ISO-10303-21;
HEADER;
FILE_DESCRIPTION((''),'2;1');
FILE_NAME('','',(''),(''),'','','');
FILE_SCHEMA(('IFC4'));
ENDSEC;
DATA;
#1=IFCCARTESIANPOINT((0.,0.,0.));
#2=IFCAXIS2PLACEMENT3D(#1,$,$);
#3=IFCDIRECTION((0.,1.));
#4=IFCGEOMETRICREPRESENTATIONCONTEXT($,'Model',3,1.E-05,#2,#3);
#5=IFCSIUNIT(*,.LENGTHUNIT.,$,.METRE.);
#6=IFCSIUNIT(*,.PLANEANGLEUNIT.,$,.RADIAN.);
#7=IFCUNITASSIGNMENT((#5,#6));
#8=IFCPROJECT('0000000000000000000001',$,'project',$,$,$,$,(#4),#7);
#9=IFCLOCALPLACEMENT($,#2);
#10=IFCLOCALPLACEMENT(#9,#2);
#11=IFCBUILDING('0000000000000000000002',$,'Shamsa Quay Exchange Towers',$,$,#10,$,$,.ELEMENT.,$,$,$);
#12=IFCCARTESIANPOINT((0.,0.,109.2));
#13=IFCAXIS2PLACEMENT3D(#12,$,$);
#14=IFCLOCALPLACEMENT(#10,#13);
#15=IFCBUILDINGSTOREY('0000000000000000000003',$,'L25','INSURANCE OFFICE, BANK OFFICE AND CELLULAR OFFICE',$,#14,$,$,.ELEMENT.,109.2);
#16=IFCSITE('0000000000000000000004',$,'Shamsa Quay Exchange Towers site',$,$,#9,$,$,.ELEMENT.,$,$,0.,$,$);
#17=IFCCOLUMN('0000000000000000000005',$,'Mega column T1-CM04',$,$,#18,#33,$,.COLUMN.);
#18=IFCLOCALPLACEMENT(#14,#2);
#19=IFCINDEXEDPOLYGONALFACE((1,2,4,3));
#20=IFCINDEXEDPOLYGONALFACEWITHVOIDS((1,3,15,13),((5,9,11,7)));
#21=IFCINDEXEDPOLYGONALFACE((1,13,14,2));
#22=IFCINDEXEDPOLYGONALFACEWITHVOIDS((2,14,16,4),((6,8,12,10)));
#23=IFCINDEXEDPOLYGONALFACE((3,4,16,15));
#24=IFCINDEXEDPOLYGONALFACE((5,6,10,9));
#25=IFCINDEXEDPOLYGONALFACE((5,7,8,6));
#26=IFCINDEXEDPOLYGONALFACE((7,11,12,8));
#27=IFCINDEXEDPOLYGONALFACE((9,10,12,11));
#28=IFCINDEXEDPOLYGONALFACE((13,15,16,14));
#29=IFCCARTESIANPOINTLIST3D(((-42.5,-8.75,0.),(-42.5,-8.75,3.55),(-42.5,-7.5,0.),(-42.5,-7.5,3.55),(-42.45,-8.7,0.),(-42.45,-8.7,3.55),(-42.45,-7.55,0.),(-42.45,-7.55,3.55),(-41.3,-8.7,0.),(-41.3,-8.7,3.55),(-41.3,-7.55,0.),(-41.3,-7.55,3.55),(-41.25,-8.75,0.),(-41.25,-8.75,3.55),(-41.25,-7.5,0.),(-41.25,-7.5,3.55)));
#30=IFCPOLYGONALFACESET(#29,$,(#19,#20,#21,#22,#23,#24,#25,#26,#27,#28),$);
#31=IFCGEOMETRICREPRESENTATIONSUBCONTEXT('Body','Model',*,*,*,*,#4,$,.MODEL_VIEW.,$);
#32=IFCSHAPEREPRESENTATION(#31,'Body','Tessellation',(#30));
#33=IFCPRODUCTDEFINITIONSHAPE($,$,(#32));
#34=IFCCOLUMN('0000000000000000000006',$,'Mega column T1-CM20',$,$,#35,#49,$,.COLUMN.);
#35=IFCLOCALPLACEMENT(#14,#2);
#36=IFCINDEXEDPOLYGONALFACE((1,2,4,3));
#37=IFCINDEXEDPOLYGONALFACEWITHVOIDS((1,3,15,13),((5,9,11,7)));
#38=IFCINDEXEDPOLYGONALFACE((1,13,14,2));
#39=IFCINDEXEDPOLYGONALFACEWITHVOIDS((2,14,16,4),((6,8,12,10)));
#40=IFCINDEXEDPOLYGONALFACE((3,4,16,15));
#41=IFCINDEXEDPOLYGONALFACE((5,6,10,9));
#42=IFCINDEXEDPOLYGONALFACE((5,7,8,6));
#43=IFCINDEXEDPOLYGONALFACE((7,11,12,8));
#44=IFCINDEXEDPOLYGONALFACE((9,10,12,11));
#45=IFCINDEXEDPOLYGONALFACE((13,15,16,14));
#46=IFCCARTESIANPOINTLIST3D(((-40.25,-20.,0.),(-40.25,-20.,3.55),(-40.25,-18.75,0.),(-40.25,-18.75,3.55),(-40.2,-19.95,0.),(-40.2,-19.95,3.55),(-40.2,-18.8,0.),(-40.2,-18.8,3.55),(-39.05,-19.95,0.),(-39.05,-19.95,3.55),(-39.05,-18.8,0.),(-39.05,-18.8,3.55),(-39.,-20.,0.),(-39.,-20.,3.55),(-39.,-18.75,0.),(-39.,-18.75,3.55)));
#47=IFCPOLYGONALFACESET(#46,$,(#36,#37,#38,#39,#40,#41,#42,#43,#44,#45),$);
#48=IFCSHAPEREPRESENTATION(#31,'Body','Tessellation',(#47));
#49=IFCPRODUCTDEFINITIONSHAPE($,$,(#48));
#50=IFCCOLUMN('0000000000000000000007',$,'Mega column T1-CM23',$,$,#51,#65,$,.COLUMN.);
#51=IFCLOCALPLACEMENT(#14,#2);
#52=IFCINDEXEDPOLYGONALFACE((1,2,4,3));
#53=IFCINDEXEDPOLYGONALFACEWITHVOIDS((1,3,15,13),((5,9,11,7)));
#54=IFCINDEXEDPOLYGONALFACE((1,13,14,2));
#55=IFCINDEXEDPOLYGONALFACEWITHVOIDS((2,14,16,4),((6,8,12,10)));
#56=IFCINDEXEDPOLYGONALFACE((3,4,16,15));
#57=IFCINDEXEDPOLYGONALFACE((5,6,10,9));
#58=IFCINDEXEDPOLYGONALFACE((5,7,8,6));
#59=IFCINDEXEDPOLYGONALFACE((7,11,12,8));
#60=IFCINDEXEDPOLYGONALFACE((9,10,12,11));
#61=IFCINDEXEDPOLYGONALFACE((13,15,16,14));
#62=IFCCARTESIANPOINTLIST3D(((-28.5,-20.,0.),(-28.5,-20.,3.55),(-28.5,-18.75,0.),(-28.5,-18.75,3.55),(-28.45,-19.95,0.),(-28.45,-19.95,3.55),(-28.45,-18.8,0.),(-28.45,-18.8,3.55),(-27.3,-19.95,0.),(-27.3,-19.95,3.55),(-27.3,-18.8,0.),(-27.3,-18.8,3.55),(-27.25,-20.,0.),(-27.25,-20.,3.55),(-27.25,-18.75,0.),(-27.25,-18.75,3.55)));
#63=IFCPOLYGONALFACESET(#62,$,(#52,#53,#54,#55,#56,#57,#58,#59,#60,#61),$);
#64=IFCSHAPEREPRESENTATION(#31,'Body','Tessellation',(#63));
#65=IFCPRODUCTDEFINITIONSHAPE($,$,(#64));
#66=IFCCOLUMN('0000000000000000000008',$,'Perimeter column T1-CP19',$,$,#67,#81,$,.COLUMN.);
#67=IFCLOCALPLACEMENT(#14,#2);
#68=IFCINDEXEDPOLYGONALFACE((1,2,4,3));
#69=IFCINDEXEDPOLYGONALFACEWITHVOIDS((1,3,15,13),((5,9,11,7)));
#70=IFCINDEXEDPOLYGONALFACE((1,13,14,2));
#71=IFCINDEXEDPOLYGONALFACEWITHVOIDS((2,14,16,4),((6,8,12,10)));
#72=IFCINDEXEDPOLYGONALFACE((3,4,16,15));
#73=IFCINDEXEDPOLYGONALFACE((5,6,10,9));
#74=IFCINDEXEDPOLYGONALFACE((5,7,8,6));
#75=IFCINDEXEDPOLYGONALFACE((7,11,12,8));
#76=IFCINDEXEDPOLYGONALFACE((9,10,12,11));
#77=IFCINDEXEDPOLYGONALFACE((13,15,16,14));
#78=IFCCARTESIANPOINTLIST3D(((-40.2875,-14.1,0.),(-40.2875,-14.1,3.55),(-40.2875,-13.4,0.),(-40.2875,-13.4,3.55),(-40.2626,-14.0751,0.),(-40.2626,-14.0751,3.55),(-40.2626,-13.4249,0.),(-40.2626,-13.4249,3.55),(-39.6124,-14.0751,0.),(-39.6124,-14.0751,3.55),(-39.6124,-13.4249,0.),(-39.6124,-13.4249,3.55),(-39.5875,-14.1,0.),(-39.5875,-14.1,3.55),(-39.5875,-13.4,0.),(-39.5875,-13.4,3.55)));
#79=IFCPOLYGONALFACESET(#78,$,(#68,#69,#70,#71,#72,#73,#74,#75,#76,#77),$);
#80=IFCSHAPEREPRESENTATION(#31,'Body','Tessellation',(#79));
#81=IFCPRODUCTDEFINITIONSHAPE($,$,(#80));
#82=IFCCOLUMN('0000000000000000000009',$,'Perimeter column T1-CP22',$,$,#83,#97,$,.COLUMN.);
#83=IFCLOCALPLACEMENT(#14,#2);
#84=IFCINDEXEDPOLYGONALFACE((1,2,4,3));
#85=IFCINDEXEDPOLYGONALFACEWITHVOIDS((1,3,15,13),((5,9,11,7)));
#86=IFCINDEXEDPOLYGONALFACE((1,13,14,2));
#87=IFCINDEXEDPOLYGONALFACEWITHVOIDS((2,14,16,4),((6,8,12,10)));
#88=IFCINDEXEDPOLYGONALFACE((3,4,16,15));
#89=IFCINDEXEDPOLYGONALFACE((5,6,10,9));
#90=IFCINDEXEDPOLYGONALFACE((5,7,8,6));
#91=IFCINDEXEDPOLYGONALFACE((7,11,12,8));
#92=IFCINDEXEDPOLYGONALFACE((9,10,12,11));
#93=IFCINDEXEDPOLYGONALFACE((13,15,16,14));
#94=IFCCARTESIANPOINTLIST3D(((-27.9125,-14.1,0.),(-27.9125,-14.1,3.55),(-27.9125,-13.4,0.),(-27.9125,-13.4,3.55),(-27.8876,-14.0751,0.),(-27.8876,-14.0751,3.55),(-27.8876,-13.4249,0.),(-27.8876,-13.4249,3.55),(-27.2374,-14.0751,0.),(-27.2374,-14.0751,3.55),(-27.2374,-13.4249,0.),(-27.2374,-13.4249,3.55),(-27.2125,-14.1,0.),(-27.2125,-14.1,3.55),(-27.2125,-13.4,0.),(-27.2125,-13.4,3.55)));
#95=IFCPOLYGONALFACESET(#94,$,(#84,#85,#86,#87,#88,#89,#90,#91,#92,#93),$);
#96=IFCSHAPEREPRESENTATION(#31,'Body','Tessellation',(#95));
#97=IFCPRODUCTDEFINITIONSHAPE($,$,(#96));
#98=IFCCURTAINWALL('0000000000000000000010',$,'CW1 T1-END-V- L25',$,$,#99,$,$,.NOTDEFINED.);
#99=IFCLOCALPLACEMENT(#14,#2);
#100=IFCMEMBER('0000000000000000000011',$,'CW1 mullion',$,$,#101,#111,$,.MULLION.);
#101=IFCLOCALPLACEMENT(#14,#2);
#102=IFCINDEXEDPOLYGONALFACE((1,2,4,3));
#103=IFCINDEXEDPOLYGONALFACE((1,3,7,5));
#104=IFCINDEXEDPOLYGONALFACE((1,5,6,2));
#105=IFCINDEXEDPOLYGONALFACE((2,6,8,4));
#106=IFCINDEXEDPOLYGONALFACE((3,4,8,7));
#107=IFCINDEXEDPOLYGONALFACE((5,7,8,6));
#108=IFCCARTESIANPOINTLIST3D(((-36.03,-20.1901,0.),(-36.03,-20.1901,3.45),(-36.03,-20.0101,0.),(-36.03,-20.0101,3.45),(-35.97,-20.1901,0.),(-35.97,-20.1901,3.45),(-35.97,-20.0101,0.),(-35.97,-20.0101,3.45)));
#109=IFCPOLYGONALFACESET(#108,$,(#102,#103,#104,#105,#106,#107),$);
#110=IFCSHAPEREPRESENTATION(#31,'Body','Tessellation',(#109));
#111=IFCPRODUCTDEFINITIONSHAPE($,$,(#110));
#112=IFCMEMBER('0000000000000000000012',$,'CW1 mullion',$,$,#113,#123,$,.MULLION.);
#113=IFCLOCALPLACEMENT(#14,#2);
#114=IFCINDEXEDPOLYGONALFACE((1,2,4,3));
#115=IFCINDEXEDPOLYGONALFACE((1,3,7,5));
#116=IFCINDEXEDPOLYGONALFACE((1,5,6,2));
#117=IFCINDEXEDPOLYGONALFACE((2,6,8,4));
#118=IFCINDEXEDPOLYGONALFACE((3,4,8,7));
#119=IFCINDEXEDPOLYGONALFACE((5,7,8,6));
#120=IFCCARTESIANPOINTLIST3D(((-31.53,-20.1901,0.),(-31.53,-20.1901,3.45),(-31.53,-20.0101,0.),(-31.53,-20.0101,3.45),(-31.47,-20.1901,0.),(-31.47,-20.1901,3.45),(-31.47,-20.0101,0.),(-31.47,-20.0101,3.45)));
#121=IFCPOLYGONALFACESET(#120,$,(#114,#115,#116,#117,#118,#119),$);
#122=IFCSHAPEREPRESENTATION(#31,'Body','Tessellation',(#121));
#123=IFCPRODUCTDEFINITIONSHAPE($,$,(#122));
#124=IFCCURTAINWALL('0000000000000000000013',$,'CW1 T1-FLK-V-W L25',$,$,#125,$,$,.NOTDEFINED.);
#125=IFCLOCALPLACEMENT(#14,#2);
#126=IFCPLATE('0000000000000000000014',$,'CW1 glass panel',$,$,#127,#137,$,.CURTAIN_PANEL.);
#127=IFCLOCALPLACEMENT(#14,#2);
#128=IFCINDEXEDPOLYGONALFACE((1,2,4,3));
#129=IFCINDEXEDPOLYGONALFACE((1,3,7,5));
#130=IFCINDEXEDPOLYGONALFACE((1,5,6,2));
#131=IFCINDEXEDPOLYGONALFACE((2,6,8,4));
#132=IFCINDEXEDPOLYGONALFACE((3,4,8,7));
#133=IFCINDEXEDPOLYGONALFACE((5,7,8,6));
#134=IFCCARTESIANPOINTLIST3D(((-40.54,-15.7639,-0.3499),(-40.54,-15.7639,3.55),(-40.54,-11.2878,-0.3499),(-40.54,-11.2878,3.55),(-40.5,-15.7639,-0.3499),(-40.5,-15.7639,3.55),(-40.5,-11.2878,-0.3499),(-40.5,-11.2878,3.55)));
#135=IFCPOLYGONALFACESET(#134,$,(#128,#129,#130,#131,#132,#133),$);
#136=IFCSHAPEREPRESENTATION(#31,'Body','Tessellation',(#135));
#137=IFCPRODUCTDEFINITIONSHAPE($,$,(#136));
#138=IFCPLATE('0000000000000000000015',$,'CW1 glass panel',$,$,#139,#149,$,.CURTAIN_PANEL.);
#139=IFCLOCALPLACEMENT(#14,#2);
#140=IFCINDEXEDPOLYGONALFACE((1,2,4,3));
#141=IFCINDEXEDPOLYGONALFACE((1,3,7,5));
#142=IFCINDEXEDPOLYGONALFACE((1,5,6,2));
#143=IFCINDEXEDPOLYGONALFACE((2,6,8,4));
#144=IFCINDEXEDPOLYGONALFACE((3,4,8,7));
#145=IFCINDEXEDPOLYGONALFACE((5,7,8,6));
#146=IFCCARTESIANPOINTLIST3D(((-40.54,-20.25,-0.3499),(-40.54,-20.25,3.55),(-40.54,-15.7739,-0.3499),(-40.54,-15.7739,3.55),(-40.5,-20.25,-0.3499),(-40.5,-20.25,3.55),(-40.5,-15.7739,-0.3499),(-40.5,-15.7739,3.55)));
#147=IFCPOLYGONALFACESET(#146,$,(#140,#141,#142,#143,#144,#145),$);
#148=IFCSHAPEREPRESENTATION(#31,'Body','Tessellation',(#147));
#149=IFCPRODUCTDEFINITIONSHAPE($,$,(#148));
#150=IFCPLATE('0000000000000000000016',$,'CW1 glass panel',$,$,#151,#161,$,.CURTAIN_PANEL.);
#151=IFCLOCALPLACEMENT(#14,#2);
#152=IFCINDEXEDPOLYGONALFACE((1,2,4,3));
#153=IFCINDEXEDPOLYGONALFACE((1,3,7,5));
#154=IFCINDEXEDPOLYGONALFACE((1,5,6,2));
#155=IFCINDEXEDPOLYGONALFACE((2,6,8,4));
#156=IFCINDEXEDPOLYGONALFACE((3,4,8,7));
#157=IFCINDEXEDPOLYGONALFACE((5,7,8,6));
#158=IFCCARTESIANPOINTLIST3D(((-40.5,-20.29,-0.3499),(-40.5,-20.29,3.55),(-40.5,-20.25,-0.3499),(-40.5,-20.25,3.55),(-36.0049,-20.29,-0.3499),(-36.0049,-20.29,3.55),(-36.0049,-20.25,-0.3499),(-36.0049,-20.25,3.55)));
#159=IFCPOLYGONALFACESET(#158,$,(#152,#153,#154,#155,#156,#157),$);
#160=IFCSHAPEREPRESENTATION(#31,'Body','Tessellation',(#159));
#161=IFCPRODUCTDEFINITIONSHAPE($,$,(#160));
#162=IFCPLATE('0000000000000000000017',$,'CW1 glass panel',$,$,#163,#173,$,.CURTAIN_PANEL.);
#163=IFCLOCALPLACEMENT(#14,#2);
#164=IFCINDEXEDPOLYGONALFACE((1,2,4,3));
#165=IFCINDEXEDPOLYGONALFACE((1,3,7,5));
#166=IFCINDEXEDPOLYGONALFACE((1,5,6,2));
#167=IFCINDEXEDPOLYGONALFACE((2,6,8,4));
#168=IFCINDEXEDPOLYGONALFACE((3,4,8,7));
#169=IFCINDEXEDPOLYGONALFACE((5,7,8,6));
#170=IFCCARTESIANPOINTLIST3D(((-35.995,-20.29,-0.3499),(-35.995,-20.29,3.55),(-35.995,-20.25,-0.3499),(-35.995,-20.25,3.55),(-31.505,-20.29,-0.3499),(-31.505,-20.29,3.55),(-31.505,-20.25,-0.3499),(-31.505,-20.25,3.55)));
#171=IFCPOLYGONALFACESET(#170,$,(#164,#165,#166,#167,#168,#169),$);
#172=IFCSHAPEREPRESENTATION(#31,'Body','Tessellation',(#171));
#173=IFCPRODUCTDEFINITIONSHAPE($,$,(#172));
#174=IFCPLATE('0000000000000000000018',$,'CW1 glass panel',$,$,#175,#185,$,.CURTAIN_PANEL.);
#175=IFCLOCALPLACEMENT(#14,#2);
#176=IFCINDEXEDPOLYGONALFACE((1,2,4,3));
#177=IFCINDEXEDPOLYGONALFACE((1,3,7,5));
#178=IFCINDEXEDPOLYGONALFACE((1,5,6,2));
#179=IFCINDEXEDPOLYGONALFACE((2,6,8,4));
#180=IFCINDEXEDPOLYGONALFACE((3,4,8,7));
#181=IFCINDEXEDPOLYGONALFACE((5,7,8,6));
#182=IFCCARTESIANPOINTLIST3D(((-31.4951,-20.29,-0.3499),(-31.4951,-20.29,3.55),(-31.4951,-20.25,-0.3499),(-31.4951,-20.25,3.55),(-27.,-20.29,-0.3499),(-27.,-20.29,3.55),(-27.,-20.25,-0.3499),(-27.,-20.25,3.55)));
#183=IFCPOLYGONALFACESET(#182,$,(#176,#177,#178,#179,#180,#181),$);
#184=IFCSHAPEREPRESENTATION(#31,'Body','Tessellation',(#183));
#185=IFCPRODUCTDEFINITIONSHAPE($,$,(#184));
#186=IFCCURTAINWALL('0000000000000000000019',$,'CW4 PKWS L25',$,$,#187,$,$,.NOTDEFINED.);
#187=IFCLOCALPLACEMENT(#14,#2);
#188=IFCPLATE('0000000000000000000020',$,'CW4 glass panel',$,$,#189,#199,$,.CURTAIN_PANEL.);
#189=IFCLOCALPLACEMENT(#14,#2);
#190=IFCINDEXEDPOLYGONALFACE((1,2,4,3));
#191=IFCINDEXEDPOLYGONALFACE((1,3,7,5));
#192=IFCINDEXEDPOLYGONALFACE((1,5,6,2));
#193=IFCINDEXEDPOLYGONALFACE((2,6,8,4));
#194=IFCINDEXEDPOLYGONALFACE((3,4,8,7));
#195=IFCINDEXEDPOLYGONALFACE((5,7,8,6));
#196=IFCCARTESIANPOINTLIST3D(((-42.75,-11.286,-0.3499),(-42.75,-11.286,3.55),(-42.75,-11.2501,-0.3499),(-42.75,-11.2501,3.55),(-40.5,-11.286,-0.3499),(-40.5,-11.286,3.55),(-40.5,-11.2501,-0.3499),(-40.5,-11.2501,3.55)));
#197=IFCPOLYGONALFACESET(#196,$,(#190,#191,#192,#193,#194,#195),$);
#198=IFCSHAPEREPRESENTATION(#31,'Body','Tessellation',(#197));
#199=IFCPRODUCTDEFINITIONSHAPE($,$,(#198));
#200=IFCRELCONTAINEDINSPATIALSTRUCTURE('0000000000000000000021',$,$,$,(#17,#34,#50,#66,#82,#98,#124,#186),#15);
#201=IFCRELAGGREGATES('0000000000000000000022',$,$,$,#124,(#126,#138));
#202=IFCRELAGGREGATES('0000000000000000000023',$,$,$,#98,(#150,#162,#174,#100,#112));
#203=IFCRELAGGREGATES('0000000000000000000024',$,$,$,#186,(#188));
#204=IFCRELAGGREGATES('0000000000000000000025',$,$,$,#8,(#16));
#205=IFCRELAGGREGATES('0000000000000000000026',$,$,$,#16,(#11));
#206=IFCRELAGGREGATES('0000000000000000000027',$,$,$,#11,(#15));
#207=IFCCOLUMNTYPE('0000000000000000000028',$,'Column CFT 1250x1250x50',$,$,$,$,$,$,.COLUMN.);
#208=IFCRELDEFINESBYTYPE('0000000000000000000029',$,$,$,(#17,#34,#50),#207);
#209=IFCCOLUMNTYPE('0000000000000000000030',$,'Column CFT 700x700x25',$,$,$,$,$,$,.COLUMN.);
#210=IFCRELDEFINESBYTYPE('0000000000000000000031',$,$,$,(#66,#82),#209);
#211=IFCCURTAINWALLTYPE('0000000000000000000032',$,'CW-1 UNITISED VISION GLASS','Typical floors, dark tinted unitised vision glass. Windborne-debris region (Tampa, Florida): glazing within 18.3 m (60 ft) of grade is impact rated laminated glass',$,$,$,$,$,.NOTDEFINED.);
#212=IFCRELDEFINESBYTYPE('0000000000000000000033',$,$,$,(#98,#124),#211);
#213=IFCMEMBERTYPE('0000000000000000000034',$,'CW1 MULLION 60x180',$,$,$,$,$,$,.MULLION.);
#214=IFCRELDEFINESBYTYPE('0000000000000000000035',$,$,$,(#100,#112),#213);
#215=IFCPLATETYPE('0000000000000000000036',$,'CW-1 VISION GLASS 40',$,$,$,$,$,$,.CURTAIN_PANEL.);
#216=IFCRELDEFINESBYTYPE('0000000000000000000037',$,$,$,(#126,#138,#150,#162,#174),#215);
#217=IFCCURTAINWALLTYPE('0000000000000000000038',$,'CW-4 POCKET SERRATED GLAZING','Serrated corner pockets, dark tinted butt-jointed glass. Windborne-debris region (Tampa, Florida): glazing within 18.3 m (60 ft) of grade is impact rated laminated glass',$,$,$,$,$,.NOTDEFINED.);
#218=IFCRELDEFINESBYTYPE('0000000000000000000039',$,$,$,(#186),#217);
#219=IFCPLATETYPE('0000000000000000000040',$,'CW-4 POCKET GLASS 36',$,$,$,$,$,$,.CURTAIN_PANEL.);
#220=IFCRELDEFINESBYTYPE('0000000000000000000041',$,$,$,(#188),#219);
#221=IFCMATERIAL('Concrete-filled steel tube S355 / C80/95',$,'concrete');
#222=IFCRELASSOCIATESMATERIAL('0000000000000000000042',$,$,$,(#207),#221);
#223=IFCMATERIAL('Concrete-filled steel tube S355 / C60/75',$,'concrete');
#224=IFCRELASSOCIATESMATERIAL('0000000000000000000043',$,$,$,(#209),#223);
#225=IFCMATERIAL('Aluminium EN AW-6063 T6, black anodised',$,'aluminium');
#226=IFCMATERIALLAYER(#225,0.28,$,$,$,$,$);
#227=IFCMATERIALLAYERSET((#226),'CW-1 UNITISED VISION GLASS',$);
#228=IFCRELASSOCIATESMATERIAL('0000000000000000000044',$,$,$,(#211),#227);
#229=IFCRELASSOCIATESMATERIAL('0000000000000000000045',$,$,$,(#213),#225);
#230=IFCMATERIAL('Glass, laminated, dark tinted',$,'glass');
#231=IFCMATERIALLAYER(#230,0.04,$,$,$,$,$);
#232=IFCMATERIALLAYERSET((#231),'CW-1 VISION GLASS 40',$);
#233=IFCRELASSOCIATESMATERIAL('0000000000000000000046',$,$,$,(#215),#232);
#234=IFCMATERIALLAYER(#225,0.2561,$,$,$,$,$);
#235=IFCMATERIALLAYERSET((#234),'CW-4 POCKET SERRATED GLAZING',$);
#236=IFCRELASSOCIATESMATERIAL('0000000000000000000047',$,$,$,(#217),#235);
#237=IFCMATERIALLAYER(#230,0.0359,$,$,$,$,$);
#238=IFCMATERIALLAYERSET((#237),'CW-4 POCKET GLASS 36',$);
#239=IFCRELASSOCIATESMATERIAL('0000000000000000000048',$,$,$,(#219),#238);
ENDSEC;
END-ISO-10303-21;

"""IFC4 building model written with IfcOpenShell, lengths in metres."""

from ifc_helpers import new_model, si_unit, direction, frame, origin, origin_2d, place, context, subcontext, project, spatial, rectangle, hollow_rectangle, extrude, material, layer, layer_set, material_profile, profile_set, type_object, element, aggregate, save


model = new_model("IFC4")

# Units and contexts
model_context = context("Model", 3, precision=1e-05, world=origin(), true_north=direction((0.0, 1.0)))
body_context = subcontext(model_context, "Body", "Model", "MODEL_VIEW")
ifc_project = project(units=[si_unit("LENGTHUNIT", "METRE"), si_unit("PLANEANGLEUNIT", "RADIAN")], contexts=[model_context])

# Site, building, storey
site_placement = place(None, origin())
site = spatial("IfcSite", under=ifc_project, at=site_placement, Name="Shamsa Quay Exchange Towers site", CompositionType="ELEMENT", RefElevation=0.0)
building_placement = place(site_placement, origin())
building = spatial("IfcBuilding", under=site, at=building_placement, Name="Shamsa Quay Exchange Towers", CompositionType="ELEMENT")
storey_placement = place(building_placement, frame((0.0, 0.0, 109.2)))
storey = spatial("IfcBuildingStorey", under=building, at=storey_placement, Name="L25", Description="INSURANCE OFFICE, BANK OFFICE AND CELLULAR OFFICE", CompositionType="ELEMENT", Elevation=109.2)

# Columns
ifc_material_1 = material(Name="Concrete-filled steel tube S355 / C80/95", Category="concrete")
ifc_material_profile_1 = material_profile(ifc_material_1, hollow_rectangle(XDim=1.25, YDim=1.25, WallThickness=0.05, at=origin_2d()), Name="CFT 1250x1250x50")
ifc_profile_set_1 = profile_set([ifc_material_profile_1], Name="Concrete-filled steel tube S355 / C80/95")
column_type_1 = type_object("IfcColumnType", Name="Column CFT 1250x1250x50", PredefinedType="COLUMN", material=ifc_profile_set_1)
for number, where, name in (
    (1, (-41.875, -8.125, 0.0), "Mega column T1-CM04"),
    (2, (-39.625, -19.375, 0.0), "Mega column T1-CM20"),
    (3, (-27.875, -19.375, 0.0), "Mega column T1-CM23"),
):
    element("IfcColumn", number, at=place(storey_placement, frame(where)), inside=storey, type_object=column_type_1, Name=name, PredefinedType="COLUMN", context=body_context, shape_type="SweptSolid", body=[
        extrude(hollow_rectangle(XDim=1.25, YDim=1.25, WallThickness=0.05, at=origin_2d()), origin(), (0.0, 0.0, 1.0), 3.55),
    ])
ifc_material_2 = material(Name="Concrete-filled steel tube S355 / C60/75", Category="concrete")
ifc_material_profile_2 = material_profile(ifc_material_2, hollow_rectangle(XDim=0.7, YDim=0.7, WallThickness=0.0249, at=origin_2d()), Name="CFT 700x700x25")
ifc_profile_set_2 = profile_set([ifc_material_profile_2], Name="Concrete-filled steel tube S355 / C60/75")
column_type_2 = type_object("IfcColumnType", Name="Column CFT 700x700x25", PredefinedType="COLUMN", material=ifc_profile_set_2)
for number, where, name in (
    (4, (-39.9375, -13.75, 0.0), "Perimeter column T1-CP19"),
    (5, (-27.5625, -13.75, 0.0), "Perimeter column T1-CP22"),
):
    element("IfcColumn", number, at=place(storey_placement, frame(where)), inside=storey, type_object=column_type_2, Name=name, PredefinedType="COLUMN", context=body_context, shape_type="SweptSolid", body=[
        extrude(hollow_rectangle(XDim=0.7, YDim=0.7, WallThickness=0.0249, at=origin_2d()), origin(), (0.0, 0.0, 1.0), 3.55),
    ])

# Curtain wall, members
ifc_material_3 = material(Name="Aluminium EN AW-6063 T6, black anodised", Category="aluminium")
ifc_layer_1 = layer(ifc_material_3, 0.28)
ifc_layer_set_1 = layer_set([ifc_layer_1], Name="CW-1 UNITISED VISION GLASS")
curtain_wall_type_1 = type_object("IfcCurtainWallType", Name="CW-1 UNITISED VISION GLASS", Description="Typical floors, dark tinted unitised vision glass. Windborne-debris region (Tampa, Florida): glazing within 18.3 m (60 ft) of grade is impact rated laminated glass", PredefinedType="NOTDEFINED", material=ifc_layer_set_1)
curtain_wall_1_placement = place(storey_placement, origin())
curtain_wall_1 = element("IfcCurtainWall", 6, at=curtain_wall_1_placement, inside=storey, type_object=curtain_wall_type_1, Name="CW1 T1-END-V- L25", PredefinedType="NOTDEFINED")
ifc_material_profile_3 = material_profile(ifc_material_3, rectangle(XDim=0.1799, YDim=0.0601, at=origin_2d()), Name="MU60x180")
ifc_profile_set_3 = profile_set([ifc_material_profile_3], Name="Aluminium EN AW-6063 T6, black anodised")
member_type = type_object("IfcMemberType", Name="CW1 MULLION 60x180", PredefinedType="MULLION", material=ifc_profile_set_3)
member_1_placement = place(storey_placement, frame((-36.0, -20.1001, 0.0), z_axis=(0.0, 0.0, 1.0), x_axis=(0.0, 1.0, 0.0)))
member_1 = element("IfcMember", 7, at=member_1_placement, type_object=member_type, Name="CW1 mullion", PredefinedType="MULLION", context=body_context, shape_type="SweptSolid", body=[
    extrude(rectangle(XDim=0.1799, YDim=0.0601, at=origin_2d()), origin(), (0.0, 0.0, 1.0), 3.45),
])
member_2_placement = place(storey_placement, frame((-31.5, -20.1001, 0.0), z_axis=(0.0, 0.0, 1.0), x_axis=(0.0, 1.0, 0.0)))
member_2 = element("IfcMember", 8, at=member_2_placement, type_object=member_type, Name="CW1 mullion", PredefinedType="MULLION", context=body_context, shape_type="SweptSolid", body=[
    extrude(rectangle(XDim=0.1799, YDim=0.0601, at=origin_2d()), origin(), (0.0, 0.0, 1.0), 3.45),
])

# Curtain wall, plates
curtain_wall_2_placement = place(storey_placement, origin())
curtain_wall_2 = element("IfcCurtainWall", 9, at=curtain_wall_2_placement, inside=storey, type_object=curtain_wall_type_1, Name="CW1 T1-FLK-V-W L25", PredefinedType="NOTDEFINED")
ifc_material_4 = material(Name="Glass, laminated, dark tinted", Category="glass")
ifc_layer_2 = layer(ifc_material_4, 0.04)
ifc_layer_set_2 = layer_set([ifc_layer_2], Name="CW-1 VISION GLASS 40")
plate_type_1 = type_object("IfcPlateType", Name="CW-1 VISION GLASS 40", PredefinedType="CURTAIN_PANEL", material=ifc_layer_set_2)
plate_1_placement = place(storey_placement, frame((-40.52, -13.5259, -0.3499), z_axis=(0.0, 0.0, 1.0), x_axis=(0.0, -1.0, 0.0)))
plate_1 = element("IfcPlate", 10, at=plate_1_placement, type_object=plate_type_1, Name="CW1 glass panel", PredefinedType="CURTAIN_PANEL", context=body_context, shape_type="SweptSolid", body=[
    extrude(rectangle(XDim=4.4761, YDim=0.04, at=origin_2d()), origin(), (0.0, 0.0, 1.0), 3.8999),
])
plate_2_placement = place(storey_placement, frame((-40.52, -18.012, -0.3499), z_axis=(0.0, 0.0, 1.0), x_axis=(0.0, -1.0, 0.0)))
plate_2 = element("IfcPlate", 11, at=plate_2_placement, type_object=plate_type_1, Name="CW1 glass panel", PredefinedType="CURTAIN_PANEL", context=body_context, shape_type="SweptSolid", body=[
    extrude(rectangle(XDim=4.4761, YDim=0.04, at=origin_2d()), origin(), (0.0, 0.0, 1.0), 3.8999),
])
aggregate(curtain_wall_2, [plate_1, plate_2])

# Plates
plate_3_placement = place(storey_placement, frame((-38.2524, -20.27, -0.3499)))
plate_3 = element("IfcPlate", 12, at=plate_3_placement, type_object=plate_type_1, Name="CW1 glass panel", PredefinedType="CURTAIN_PANEL", context=body_context, shape_type="SweptSolid", body=[
    extrude(rectangle(XDim=4.4951, YDim=0.04, at=origin_2d()), origin(), (0.0, 0.0, 1.0), 3.8999),
])
plate_4_placement = place(storey_placement, frame((-33.75, -20.27, -0.3499)))
plate_4 = element("IfcPlate", 13, at=plate_4_placement, type_object=plate_type_1, Name="CW1 glass panel", PredefinedType="CURTAIN_PANEL", context=body_context, shape_type="SweptSolid", body=[
    extrude(rectangle(XDim=4.49, YDim=0.04, at=origin_2d()), origin(), (0.0, 0.0, 1.0), 3.8999),
])
plate_5_placement = place(storey_placement, frame((-29.2476, -20.27, -0.3499)))
plate_5 = element("IfcPlate", 14, at=plate_5_placement, type_object=plate_type_1, Name="CW1 glass panel", PredefinedType="CURTAIN_PANEL", context=body_context, shape_type="SweptSolid", body=[
    extrude(rectangle(XDim=4.4951, YDim=0.04, at=origin_2d()), origin(), (0.0, 0.0, 1.0), 3.8999),
])
aggregate(curtain_wall_1, [plate_3, plate_4, plate_5, member_1, member_2])

# Curtain wall, plate
ifc_layer_3 = layer(ifc_material_3, 0.2561)
ifc_layer_set_3 = layer_set([ifc_layer_3], Name="CW-4 POCKET SERRATED GLAZING")
curtain_wall_type_2 = type_object("IfcCurtainWallType", Name="CW-4 POCKET SERRATED GLAZING", Description="Serrated corner pockets, dark tinted butt-jointed glass. Windborne-debris region (Tampa, Florida): glazing within 18.3 m (60 ft) of grade is impact rated laminated glass", PredefinedType="NOTDEFINED", material=ifc_layer_set_3)
curtain_wall_3_placement = place(storey_placement, origin())
curtain_wall_3 = element("IfcCurtainWall", 15, at=curtain_wall_3_placement, inside=storey, type_object=curtain_wall_type_2, Name="CW4 PKWS L25", PredefinedType="NOTDEFINED")
ifc_layer_4 = layer(ifc_material_4, 0.0359)
ifc_layer_set_4 = layer_set([ifc_layer_4], Name="CW-4 POCKET GLASS 36")
plate_type_2 = type_object("IfcPlateType", Name="CW-4 POCKET GLASS 36", PredefinedType="CURTAIN_PANEL", material=ifc_layer_set_4)
plate_6_placement = place(storey_placement, frame((-41.625, -11.2681, -0.3499)))
plate_6 = element("IfcPlate", 16, at=plate_6_placement, type_object=plate_type_2, Name="CW4 glass panel", PredefinedType="CURTAIN_PANEL", context=body_context, shape_type="SweptSolid", body=[
    extrude(rectangle(XDim=2.25, YDim=0.0359, at=origin_2d()), origin(), (0.0, 0.0, 1.0), 3.8999),
])
aggregate(curtain_wall_3, [plate_6])

save(model, "model.ifc")
